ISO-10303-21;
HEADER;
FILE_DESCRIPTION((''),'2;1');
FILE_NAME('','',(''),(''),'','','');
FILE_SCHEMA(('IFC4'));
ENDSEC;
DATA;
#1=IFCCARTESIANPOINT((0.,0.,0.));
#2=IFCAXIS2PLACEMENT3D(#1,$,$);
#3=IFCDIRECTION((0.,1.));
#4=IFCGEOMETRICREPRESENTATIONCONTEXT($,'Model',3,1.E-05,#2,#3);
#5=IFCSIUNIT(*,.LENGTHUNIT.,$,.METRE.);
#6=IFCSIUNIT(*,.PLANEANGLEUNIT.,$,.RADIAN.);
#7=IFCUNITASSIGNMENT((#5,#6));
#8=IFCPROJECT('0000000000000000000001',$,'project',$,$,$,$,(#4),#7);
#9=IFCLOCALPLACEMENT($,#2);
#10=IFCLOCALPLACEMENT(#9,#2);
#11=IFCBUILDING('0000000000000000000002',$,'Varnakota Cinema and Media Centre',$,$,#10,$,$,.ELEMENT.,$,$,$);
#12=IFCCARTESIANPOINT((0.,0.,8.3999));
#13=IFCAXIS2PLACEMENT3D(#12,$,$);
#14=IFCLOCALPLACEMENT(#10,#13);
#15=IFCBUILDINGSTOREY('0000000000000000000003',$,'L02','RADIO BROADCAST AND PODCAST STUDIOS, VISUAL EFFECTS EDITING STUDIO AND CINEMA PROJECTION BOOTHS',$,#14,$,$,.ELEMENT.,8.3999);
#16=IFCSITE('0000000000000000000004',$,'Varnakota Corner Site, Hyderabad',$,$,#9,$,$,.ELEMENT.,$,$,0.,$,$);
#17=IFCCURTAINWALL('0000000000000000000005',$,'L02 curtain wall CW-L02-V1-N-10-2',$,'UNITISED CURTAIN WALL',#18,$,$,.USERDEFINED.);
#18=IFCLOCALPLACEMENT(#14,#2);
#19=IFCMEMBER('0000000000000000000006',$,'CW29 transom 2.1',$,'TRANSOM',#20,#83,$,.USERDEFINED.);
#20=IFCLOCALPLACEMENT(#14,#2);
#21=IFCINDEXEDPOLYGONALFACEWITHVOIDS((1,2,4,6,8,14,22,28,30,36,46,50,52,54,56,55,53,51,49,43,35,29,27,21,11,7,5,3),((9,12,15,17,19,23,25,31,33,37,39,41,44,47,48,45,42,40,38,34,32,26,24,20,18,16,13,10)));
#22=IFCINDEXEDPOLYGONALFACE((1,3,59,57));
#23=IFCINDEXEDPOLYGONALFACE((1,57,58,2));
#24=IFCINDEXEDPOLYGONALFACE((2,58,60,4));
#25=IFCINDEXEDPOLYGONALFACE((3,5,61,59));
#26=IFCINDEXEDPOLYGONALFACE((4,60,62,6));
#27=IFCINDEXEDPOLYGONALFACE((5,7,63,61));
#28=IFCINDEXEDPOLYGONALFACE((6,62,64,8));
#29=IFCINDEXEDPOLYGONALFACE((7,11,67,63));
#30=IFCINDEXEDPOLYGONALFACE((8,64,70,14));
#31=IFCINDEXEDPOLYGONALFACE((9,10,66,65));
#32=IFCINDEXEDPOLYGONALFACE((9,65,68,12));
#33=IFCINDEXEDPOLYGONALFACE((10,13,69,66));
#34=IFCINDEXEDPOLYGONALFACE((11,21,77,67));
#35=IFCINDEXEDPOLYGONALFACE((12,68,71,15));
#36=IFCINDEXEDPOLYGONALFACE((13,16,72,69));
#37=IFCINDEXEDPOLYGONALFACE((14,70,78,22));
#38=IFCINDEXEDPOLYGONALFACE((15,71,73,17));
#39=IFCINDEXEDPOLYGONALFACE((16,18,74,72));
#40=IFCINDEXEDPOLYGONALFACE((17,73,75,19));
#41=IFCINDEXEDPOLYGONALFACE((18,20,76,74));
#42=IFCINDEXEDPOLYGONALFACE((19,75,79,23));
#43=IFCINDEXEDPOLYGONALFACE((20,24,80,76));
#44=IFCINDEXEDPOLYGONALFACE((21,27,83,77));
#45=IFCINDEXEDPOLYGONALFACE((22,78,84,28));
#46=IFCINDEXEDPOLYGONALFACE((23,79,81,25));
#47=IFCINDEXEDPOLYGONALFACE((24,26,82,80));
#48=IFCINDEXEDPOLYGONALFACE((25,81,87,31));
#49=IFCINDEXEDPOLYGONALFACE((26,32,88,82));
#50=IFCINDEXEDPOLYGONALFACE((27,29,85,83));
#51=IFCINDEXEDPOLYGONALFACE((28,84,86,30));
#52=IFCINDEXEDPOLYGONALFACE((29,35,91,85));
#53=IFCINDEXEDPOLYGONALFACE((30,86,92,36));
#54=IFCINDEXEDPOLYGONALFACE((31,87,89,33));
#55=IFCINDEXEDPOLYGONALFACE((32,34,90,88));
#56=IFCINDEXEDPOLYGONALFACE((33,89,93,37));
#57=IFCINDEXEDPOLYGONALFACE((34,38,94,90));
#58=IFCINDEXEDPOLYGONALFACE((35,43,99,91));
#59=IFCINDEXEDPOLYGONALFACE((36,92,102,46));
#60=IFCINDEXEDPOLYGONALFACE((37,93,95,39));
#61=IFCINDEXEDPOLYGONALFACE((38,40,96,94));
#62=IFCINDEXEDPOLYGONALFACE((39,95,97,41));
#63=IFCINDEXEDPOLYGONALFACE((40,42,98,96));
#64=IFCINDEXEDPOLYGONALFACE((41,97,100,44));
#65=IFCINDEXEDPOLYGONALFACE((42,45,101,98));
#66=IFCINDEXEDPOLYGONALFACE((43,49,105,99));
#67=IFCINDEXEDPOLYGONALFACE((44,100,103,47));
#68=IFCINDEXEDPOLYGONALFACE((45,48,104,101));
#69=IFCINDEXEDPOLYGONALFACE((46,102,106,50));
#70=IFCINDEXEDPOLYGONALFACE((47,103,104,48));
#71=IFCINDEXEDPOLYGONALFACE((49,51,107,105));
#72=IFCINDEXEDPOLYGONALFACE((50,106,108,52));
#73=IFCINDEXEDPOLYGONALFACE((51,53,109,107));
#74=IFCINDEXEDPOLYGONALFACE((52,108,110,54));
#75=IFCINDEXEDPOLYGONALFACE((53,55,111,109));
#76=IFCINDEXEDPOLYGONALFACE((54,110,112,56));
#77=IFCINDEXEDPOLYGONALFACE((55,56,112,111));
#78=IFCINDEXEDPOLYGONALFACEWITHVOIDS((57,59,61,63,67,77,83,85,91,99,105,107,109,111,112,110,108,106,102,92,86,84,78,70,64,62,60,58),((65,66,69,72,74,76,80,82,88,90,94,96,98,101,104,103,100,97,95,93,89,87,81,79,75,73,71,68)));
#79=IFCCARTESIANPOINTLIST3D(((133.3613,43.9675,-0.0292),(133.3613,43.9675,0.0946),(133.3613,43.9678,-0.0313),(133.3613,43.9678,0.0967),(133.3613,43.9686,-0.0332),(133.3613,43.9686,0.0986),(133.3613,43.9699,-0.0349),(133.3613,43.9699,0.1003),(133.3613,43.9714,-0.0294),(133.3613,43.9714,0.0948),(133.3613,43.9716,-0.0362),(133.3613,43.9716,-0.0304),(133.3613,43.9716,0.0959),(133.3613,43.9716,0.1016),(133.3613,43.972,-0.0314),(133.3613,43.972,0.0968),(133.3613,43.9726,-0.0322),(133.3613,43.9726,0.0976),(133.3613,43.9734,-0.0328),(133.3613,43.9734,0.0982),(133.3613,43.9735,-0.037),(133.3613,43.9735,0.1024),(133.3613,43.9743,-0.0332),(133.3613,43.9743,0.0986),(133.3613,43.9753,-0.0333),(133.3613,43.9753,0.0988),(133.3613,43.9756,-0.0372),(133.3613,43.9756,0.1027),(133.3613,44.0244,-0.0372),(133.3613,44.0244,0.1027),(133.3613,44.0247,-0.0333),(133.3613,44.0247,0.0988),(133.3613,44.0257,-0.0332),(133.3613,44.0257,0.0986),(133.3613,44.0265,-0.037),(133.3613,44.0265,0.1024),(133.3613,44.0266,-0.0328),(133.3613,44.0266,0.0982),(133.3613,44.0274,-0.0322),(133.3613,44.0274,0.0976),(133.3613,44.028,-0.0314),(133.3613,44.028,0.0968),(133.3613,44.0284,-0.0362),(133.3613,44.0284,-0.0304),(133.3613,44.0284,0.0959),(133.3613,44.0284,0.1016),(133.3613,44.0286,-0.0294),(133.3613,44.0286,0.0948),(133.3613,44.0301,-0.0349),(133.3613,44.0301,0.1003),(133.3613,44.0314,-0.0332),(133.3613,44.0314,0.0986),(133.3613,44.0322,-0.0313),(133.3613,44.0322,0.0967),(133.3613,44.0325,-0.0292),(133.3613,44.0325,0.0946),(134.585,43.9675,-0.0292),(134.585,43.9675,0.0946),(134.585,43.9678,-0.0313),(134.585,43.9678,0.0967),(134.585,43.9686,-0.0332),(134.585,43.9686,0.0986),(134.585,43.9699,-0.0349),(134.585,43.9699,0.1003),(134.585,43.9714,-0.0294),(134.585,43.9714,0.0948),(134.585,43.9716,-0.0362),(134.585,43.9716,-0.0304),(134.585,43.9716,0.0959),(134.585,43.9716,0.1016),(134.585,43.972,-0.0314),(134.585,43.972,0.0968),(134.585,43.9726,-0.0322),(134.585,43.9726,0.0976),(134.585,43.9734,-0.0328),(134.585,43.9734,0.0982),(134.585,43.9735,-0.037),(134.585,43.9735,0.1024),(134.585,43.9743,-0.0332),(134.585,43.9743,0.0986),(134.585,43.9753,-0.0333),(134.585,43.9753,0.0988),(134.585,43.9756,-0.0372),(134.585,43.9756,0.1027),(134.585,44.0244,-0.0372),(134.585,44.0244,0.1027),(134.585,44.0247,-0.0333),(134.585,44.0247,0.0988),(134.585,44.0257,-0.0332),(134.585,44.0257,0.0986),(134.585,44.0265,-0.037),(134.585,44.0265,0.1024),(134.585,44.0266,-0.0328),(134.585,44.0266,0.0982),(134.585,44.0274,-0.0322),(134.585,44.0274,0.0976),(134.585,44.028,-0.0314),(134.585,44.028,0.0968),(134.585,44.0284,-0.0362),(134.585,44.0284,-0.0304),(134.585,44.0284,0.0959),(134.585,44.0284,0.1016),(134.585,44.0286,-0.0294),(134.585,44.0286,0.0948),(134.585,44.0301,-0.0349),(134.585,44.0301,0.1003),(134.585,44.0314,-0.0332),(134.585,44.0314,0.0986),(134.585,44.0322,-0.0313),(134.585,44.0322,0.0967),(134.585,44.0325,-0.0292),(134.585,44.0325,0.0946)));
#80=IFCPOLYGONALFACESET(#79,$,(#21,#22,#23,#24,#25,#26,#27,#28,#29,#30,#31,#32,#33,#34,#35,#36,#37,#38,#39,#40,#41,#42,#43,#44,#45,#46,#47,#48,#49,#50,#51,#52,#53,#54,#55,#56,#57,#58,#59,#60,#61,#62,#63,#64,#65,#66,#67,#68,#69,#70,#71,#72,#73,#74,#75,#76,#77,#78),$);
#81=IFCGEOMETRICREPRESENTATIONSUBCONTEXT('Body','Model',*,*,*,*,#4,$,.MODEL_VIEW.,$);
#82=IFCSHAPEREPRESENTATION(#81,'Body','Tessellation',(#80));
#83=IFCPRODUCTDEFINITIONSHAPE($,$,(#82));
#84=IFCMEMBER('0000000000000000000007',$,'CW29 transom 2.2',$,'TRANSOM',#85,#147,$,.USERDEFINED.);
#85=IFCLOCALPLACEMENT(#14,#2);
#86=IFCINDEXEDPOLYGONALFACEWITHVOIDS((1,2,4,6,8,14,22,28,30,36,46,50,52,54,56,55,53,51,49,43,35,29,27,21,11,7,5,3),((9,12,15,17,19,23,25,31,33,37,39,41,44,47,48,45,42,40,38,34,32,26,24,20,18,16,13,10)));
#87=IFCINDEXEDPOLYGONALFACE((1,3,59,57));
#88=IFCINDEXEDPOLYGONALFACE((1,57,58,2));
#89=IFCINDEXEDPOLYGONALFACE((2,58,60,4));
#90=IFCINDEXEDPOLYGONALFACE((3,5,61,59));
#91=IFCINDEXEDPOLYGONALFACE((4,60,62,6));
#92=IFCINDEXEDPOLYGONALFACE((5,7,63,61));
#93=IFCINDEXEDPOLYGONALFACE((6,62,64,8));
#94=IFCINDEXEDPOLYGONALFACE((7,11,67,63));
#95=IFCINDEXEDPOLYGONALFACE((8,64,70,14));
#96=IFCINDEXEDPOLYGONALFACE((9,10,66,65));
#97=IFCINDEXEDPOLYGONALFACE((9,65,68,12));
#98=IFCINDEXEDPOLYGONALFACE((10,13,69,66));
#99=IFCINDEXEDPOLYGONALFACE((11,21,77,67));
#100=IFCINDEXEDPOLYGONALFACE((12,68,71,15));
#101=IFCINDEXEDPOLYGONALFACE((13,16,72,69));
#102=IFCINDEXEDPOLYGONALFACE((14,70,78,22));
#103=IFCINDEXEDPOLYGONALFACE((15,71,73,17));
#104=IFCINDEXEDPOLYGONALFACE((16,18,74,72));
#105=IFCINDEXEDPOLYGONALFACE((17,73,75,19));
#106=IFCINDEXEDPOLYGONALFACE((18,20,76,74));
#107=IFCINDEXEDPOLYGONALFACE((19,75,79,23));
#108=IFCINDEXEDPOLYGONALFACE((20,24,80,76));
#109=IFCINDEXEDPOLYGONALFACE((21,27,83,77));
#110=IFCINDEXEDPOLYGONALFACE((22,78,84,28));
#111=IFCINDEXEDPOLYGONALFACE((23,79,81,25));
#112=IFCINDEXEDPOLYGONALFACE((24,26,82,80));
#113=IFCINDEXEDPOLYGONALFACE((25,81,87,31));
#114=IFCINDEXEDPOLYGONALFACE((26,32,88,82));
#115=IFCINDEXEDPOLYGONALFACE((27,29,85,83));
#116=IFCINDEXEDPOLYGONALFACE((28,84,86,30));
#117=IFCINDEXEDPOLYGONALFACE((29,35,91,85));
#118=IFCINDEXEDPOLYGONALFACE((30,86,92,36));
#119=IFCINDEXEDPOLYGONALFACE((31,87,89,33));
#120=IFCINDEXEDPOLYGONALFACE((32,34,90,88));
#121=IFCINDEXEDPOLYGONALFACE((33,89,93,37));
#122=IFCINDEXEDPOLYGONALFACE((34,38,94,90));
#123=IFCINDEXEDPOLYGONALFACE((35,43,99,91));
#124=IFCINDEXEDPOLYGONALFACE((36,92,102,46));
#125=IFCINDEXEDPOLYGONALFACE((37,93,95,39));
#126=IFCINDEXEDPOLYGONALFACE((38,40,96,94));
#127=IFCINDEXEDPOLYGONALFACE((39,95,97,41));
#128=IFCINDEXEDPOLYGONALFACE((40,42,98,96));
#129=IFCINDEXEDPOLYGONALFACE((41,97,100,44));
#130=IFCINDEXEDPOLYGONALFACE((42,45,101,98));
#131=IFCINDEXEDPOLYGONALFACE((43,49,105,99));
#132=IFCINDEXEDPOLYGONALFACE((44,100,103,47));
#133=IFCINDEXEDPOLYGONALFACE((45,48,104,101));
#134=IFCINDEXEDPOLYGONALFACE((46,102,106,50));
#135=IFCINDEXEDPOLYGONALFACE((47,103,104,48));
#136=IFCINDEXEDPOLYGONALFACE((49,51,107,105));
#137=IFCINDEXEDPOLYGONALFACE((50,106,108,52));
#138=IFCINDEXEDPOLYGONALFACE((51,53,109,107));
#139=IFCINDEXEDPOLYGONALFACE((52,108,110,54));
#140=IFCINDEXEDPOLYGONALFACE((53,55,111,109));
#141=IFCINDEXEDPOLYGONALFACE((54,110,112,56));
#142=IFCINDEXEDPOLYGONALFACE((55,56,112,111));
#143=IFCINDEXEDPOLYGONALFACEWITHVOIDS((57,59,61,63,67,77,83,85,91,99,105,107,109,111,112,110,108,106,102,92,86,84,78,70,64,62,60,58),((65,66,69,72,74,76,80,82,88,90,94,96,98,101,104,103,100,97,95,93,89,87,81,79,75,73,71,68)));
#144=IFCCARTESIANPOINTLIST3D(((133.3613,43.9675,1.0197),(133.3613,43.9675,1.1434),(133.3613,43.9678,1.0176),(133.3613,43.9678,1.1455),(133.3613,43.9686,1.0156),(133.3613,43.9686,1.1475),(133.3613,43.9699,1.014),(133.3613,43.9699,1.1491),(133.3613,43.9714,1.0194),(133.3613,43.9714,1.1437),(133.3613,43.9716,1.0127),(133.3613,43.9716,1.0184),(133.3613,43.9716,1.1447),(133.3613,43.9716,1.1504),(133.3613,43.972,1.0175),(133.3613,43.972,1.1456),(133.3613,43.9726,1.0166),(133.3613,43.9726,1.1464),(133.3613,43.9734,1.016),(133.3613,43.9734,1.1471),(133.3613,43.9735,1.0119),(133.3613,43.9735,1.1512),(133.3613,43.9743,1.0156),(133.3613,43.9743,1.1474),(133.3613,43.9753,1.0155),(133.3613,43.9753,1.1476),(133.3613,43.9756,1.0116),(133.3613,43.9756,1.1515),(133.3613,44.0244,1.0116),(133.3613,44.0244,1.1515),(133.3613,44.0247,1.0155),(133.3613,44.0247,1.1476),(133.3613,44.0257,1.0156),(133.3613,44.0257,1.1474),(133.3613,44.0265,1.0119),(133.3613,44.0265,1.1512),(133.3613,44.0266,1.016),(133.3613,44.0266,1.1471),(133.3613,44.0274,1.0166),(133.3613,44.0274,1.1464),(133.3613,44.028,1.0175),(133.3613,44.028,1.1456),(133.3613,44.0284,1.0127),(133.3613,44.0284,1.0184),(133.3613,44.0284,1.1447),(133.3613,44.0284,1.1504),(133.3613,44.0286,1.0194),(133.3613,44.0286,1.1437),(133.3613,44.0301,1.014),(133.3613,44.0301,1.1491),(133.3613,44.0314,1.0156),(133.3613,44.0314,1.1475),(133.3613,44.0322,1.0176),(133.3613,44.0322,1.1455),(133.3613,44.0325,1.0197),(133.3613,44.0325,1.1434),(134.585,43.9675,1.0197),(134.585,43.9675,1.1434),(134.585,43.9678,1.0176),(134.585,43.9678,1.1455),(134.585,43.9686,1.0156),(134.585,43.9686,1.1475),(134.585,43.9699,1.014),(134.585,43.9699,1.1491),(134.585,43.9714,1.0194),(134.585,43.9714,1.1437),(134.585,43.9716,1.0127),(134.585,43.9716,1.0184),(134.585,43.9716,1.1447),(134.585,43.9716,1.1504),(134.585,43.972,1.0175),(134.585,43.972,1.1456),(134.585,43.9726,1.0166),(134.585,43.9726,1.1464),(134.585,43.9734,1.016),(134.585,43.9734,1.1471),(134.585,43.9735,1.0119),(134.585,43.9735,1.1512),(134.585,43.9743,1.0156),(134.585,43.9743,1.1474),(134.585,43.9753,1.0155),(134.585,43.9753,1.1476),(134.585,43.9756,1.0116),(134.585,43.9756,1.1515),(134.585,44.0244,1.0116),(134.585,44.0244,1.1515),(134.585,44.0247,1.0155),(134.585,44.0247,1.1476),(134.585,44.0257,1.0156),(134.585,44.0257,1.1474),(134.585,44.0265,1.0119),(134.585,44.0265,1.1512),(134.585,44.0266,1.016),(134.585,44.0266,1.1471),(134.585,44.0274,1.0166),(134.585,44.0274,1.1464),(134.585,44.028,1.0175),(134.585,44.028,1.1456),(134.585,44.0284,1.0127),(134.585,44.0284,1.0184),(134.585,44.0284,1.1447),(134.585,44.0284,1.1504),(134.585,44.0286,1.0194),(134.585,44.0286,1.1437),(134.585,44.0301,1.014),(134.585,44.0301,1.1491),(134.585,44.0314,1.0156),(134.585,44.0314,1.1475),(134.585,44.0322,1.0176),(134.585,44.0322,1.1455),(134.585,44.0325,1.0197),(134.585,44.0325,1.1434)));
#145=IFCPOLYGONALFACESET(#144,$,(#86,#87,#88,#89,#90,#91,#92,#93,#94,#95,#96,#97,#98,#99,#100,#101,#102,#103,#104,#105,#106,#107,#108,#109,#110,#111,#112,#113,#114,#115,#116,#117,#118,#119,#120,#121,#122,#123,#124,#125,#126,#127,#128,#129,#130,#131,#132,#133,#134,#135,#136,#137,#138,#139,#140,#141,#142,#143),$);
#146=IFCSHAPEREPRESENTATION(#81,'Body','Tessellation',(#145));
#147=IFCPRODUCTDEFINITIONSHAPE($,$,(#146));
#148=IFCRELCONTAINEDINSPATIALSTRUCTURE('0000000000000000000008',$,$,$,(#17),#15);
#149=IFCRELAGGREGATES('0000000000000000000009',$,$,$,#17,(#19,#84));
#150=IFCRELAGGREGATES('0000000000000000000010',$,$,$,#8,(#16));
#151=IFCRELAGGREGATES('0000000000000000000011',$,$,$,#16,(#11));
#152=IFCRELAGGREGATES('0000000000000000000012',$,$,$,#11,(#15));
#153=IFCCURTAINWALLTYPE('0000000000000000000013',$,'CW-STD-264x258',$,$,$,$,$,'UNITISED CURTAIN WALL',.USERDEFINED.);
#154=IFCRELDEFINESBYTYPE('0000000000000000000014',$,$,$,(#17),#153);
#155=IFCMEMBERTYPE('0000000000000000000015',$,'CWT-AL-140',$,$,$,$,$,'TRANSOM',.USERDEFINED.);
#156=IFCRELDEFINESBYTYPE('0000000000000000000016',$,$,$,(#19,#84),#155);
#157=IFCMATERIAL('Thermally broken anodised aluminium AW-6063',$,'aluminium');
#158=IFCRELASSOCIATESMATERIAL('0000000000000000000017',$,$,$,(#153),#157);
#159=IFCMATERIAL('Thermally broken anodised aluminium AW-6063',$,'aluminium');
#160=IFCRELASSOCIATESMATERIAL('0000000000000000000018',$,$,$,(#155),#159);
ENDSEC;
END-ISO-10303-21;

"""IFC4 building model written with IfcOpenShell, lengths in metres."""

from ifc_helpers import new_model, si_unit, direction, frame, origin, origin_2d, place, context, subcontext, project, spatial, hollow_rectangle, extrude, material, material_profile, profile_set, type_object, element, aggregate, save


model = new_model("IFC4")

# Units and contexts
model_context = context("Model", 3, precision=1e-05, world=origin(), true_north=direction((0.0, 1.0)))
body_context = subcontext(model_context, "Body", "Model", "MODEL_VIEW")
ifc_project = project(units=[si_unit("LENGTHUNIT", "METRE"), si_unit("PLANEANGLEUNIT", "RADIAN")], contexts=[model_context])

# Site, building, storey
site_placement = place(None, origin())
site = spatial("IfcSite", under=ifc_project, at=site_placement, Name="Varnakota Corner Site, Hyderabad", CompositionType="ELEMENT", RefElevation=0.0)
building_placement = place(site_placement, origin())
building = spatial("IfcBuilding", under=site, at=building_placement, Name="Varnakota Cinema and Media Centre", CompositionType="ELEMENT")
storey_placement = place(building_placement, frame((0.0, 0.0, 8.3999)))
storey = spatial("IfcBuildingStorey", under=building, at=storey_placement, Name="L02", Description="RADIO BROADCAST AND PODCAST STUDIOS, VISUAL EFFECTS EDITING STUDIO AND CINEMA PROJECTION BOOTHS", CompositionType="ELEMENT", Elevation=8.3999)

# Curtain wall, members
ifc_material_1 = material(Name="Thermally broken anodised aluminium AW-6063", Category="aluminium")
curtain_wall_type = type_object("IfcCurtainWallType", Name="CW-STD-264x258", ElementType="UNITISED CURTAIN WALL", PredefinedType="USERDEFINED", material=ifc_material_1)
curtain_wall_placement = place(storey_placement, origin())
curtain_wall = element("IfcCurtainWall", 1, at=curtain_wall_placement, inside=storey, type_object=curtain_wall_type, Name="L02 curtain wall CW-L02-V1-N-10-2", ObjectType="UNITISED CURTAIN WALL", PredefinedType="USERDEFINED")
ifc_material_2 = material(Name="Thermally broken anodised aluminium AW-6063", Category="aluminium")
ifc_material_profile_1 = material_profile(ifc_material_2, hollow_rectangle(XDim=0.0649, YDim=0.1399, WallThickness=0.0039, InnerFilletRadius=0.0039, OuterFilletRadius=0.0081, at=origin_2d()), Name="AL-TRANSOM 140x65x4")
ifc_profile_set_1 = profile_set([ifc_material_profile_1], Name="Thermally broken anodised aluminium AW-6063")
member_type_1 = type_object("IfcMemberType", Name="CWT-AL-140", ElementType="TRANSOM", PredefinedType="USERDEFINED", material=ifc_profile_set_1)
member_1_placement = place(storey_placement, frame((133.3613, 44.0, 0.0327), z_axis=(1.0, 0.0, 0.0), x_axis=(0.0, 1.0, 0.0)))
member_1 = element("IfcMember", 2, at=member_1_placement, type_object=member_type_1, Name="CW29 transom 2.1", ObjectType="TRANSOM", PredefinedType="USERDEFINED", context=body_context, shape_type="SweptSolid", body=[
    extrude(hollow_rectangle(XDim=0.0649, YDim=0.1399, WallThickness=0.0039, InnerFilletRadius=0.0039, OuterFilletRadius=0.0081, at=origin_2d()), origin(), (0.0, 0.0, 1.0), 1.2236),
])
member_2_placement = place(storey_placement, frame((133.3613, 44.0, 1.0815), z_axis=(1.0, 0.0, 0.0), x_axis=(0.0, 1.0, 0.0)))
member_2 = element("IfcMember", 3, at=member_2_placement, type_object=member_type_1, Name="CW29 transom 2.2", ObjectType="TRANSOM", PredefinedType="USERDEFINED", context=body_context, shape_type="SweptSolid", body=[
    extrude(hollow_rectangle(XDim=0.0649, YDim=0.1399, WallThickness=0.0039, InnerFilletRadius=0.0039, OuterFilletRadius=0.0081, at=origin_2d()), origin(), (0.0, 0.0, 1.0), 1.2236),
])
aggregate(curtain_wall, [member_1, member_2])

save(model, "model.ifc")
